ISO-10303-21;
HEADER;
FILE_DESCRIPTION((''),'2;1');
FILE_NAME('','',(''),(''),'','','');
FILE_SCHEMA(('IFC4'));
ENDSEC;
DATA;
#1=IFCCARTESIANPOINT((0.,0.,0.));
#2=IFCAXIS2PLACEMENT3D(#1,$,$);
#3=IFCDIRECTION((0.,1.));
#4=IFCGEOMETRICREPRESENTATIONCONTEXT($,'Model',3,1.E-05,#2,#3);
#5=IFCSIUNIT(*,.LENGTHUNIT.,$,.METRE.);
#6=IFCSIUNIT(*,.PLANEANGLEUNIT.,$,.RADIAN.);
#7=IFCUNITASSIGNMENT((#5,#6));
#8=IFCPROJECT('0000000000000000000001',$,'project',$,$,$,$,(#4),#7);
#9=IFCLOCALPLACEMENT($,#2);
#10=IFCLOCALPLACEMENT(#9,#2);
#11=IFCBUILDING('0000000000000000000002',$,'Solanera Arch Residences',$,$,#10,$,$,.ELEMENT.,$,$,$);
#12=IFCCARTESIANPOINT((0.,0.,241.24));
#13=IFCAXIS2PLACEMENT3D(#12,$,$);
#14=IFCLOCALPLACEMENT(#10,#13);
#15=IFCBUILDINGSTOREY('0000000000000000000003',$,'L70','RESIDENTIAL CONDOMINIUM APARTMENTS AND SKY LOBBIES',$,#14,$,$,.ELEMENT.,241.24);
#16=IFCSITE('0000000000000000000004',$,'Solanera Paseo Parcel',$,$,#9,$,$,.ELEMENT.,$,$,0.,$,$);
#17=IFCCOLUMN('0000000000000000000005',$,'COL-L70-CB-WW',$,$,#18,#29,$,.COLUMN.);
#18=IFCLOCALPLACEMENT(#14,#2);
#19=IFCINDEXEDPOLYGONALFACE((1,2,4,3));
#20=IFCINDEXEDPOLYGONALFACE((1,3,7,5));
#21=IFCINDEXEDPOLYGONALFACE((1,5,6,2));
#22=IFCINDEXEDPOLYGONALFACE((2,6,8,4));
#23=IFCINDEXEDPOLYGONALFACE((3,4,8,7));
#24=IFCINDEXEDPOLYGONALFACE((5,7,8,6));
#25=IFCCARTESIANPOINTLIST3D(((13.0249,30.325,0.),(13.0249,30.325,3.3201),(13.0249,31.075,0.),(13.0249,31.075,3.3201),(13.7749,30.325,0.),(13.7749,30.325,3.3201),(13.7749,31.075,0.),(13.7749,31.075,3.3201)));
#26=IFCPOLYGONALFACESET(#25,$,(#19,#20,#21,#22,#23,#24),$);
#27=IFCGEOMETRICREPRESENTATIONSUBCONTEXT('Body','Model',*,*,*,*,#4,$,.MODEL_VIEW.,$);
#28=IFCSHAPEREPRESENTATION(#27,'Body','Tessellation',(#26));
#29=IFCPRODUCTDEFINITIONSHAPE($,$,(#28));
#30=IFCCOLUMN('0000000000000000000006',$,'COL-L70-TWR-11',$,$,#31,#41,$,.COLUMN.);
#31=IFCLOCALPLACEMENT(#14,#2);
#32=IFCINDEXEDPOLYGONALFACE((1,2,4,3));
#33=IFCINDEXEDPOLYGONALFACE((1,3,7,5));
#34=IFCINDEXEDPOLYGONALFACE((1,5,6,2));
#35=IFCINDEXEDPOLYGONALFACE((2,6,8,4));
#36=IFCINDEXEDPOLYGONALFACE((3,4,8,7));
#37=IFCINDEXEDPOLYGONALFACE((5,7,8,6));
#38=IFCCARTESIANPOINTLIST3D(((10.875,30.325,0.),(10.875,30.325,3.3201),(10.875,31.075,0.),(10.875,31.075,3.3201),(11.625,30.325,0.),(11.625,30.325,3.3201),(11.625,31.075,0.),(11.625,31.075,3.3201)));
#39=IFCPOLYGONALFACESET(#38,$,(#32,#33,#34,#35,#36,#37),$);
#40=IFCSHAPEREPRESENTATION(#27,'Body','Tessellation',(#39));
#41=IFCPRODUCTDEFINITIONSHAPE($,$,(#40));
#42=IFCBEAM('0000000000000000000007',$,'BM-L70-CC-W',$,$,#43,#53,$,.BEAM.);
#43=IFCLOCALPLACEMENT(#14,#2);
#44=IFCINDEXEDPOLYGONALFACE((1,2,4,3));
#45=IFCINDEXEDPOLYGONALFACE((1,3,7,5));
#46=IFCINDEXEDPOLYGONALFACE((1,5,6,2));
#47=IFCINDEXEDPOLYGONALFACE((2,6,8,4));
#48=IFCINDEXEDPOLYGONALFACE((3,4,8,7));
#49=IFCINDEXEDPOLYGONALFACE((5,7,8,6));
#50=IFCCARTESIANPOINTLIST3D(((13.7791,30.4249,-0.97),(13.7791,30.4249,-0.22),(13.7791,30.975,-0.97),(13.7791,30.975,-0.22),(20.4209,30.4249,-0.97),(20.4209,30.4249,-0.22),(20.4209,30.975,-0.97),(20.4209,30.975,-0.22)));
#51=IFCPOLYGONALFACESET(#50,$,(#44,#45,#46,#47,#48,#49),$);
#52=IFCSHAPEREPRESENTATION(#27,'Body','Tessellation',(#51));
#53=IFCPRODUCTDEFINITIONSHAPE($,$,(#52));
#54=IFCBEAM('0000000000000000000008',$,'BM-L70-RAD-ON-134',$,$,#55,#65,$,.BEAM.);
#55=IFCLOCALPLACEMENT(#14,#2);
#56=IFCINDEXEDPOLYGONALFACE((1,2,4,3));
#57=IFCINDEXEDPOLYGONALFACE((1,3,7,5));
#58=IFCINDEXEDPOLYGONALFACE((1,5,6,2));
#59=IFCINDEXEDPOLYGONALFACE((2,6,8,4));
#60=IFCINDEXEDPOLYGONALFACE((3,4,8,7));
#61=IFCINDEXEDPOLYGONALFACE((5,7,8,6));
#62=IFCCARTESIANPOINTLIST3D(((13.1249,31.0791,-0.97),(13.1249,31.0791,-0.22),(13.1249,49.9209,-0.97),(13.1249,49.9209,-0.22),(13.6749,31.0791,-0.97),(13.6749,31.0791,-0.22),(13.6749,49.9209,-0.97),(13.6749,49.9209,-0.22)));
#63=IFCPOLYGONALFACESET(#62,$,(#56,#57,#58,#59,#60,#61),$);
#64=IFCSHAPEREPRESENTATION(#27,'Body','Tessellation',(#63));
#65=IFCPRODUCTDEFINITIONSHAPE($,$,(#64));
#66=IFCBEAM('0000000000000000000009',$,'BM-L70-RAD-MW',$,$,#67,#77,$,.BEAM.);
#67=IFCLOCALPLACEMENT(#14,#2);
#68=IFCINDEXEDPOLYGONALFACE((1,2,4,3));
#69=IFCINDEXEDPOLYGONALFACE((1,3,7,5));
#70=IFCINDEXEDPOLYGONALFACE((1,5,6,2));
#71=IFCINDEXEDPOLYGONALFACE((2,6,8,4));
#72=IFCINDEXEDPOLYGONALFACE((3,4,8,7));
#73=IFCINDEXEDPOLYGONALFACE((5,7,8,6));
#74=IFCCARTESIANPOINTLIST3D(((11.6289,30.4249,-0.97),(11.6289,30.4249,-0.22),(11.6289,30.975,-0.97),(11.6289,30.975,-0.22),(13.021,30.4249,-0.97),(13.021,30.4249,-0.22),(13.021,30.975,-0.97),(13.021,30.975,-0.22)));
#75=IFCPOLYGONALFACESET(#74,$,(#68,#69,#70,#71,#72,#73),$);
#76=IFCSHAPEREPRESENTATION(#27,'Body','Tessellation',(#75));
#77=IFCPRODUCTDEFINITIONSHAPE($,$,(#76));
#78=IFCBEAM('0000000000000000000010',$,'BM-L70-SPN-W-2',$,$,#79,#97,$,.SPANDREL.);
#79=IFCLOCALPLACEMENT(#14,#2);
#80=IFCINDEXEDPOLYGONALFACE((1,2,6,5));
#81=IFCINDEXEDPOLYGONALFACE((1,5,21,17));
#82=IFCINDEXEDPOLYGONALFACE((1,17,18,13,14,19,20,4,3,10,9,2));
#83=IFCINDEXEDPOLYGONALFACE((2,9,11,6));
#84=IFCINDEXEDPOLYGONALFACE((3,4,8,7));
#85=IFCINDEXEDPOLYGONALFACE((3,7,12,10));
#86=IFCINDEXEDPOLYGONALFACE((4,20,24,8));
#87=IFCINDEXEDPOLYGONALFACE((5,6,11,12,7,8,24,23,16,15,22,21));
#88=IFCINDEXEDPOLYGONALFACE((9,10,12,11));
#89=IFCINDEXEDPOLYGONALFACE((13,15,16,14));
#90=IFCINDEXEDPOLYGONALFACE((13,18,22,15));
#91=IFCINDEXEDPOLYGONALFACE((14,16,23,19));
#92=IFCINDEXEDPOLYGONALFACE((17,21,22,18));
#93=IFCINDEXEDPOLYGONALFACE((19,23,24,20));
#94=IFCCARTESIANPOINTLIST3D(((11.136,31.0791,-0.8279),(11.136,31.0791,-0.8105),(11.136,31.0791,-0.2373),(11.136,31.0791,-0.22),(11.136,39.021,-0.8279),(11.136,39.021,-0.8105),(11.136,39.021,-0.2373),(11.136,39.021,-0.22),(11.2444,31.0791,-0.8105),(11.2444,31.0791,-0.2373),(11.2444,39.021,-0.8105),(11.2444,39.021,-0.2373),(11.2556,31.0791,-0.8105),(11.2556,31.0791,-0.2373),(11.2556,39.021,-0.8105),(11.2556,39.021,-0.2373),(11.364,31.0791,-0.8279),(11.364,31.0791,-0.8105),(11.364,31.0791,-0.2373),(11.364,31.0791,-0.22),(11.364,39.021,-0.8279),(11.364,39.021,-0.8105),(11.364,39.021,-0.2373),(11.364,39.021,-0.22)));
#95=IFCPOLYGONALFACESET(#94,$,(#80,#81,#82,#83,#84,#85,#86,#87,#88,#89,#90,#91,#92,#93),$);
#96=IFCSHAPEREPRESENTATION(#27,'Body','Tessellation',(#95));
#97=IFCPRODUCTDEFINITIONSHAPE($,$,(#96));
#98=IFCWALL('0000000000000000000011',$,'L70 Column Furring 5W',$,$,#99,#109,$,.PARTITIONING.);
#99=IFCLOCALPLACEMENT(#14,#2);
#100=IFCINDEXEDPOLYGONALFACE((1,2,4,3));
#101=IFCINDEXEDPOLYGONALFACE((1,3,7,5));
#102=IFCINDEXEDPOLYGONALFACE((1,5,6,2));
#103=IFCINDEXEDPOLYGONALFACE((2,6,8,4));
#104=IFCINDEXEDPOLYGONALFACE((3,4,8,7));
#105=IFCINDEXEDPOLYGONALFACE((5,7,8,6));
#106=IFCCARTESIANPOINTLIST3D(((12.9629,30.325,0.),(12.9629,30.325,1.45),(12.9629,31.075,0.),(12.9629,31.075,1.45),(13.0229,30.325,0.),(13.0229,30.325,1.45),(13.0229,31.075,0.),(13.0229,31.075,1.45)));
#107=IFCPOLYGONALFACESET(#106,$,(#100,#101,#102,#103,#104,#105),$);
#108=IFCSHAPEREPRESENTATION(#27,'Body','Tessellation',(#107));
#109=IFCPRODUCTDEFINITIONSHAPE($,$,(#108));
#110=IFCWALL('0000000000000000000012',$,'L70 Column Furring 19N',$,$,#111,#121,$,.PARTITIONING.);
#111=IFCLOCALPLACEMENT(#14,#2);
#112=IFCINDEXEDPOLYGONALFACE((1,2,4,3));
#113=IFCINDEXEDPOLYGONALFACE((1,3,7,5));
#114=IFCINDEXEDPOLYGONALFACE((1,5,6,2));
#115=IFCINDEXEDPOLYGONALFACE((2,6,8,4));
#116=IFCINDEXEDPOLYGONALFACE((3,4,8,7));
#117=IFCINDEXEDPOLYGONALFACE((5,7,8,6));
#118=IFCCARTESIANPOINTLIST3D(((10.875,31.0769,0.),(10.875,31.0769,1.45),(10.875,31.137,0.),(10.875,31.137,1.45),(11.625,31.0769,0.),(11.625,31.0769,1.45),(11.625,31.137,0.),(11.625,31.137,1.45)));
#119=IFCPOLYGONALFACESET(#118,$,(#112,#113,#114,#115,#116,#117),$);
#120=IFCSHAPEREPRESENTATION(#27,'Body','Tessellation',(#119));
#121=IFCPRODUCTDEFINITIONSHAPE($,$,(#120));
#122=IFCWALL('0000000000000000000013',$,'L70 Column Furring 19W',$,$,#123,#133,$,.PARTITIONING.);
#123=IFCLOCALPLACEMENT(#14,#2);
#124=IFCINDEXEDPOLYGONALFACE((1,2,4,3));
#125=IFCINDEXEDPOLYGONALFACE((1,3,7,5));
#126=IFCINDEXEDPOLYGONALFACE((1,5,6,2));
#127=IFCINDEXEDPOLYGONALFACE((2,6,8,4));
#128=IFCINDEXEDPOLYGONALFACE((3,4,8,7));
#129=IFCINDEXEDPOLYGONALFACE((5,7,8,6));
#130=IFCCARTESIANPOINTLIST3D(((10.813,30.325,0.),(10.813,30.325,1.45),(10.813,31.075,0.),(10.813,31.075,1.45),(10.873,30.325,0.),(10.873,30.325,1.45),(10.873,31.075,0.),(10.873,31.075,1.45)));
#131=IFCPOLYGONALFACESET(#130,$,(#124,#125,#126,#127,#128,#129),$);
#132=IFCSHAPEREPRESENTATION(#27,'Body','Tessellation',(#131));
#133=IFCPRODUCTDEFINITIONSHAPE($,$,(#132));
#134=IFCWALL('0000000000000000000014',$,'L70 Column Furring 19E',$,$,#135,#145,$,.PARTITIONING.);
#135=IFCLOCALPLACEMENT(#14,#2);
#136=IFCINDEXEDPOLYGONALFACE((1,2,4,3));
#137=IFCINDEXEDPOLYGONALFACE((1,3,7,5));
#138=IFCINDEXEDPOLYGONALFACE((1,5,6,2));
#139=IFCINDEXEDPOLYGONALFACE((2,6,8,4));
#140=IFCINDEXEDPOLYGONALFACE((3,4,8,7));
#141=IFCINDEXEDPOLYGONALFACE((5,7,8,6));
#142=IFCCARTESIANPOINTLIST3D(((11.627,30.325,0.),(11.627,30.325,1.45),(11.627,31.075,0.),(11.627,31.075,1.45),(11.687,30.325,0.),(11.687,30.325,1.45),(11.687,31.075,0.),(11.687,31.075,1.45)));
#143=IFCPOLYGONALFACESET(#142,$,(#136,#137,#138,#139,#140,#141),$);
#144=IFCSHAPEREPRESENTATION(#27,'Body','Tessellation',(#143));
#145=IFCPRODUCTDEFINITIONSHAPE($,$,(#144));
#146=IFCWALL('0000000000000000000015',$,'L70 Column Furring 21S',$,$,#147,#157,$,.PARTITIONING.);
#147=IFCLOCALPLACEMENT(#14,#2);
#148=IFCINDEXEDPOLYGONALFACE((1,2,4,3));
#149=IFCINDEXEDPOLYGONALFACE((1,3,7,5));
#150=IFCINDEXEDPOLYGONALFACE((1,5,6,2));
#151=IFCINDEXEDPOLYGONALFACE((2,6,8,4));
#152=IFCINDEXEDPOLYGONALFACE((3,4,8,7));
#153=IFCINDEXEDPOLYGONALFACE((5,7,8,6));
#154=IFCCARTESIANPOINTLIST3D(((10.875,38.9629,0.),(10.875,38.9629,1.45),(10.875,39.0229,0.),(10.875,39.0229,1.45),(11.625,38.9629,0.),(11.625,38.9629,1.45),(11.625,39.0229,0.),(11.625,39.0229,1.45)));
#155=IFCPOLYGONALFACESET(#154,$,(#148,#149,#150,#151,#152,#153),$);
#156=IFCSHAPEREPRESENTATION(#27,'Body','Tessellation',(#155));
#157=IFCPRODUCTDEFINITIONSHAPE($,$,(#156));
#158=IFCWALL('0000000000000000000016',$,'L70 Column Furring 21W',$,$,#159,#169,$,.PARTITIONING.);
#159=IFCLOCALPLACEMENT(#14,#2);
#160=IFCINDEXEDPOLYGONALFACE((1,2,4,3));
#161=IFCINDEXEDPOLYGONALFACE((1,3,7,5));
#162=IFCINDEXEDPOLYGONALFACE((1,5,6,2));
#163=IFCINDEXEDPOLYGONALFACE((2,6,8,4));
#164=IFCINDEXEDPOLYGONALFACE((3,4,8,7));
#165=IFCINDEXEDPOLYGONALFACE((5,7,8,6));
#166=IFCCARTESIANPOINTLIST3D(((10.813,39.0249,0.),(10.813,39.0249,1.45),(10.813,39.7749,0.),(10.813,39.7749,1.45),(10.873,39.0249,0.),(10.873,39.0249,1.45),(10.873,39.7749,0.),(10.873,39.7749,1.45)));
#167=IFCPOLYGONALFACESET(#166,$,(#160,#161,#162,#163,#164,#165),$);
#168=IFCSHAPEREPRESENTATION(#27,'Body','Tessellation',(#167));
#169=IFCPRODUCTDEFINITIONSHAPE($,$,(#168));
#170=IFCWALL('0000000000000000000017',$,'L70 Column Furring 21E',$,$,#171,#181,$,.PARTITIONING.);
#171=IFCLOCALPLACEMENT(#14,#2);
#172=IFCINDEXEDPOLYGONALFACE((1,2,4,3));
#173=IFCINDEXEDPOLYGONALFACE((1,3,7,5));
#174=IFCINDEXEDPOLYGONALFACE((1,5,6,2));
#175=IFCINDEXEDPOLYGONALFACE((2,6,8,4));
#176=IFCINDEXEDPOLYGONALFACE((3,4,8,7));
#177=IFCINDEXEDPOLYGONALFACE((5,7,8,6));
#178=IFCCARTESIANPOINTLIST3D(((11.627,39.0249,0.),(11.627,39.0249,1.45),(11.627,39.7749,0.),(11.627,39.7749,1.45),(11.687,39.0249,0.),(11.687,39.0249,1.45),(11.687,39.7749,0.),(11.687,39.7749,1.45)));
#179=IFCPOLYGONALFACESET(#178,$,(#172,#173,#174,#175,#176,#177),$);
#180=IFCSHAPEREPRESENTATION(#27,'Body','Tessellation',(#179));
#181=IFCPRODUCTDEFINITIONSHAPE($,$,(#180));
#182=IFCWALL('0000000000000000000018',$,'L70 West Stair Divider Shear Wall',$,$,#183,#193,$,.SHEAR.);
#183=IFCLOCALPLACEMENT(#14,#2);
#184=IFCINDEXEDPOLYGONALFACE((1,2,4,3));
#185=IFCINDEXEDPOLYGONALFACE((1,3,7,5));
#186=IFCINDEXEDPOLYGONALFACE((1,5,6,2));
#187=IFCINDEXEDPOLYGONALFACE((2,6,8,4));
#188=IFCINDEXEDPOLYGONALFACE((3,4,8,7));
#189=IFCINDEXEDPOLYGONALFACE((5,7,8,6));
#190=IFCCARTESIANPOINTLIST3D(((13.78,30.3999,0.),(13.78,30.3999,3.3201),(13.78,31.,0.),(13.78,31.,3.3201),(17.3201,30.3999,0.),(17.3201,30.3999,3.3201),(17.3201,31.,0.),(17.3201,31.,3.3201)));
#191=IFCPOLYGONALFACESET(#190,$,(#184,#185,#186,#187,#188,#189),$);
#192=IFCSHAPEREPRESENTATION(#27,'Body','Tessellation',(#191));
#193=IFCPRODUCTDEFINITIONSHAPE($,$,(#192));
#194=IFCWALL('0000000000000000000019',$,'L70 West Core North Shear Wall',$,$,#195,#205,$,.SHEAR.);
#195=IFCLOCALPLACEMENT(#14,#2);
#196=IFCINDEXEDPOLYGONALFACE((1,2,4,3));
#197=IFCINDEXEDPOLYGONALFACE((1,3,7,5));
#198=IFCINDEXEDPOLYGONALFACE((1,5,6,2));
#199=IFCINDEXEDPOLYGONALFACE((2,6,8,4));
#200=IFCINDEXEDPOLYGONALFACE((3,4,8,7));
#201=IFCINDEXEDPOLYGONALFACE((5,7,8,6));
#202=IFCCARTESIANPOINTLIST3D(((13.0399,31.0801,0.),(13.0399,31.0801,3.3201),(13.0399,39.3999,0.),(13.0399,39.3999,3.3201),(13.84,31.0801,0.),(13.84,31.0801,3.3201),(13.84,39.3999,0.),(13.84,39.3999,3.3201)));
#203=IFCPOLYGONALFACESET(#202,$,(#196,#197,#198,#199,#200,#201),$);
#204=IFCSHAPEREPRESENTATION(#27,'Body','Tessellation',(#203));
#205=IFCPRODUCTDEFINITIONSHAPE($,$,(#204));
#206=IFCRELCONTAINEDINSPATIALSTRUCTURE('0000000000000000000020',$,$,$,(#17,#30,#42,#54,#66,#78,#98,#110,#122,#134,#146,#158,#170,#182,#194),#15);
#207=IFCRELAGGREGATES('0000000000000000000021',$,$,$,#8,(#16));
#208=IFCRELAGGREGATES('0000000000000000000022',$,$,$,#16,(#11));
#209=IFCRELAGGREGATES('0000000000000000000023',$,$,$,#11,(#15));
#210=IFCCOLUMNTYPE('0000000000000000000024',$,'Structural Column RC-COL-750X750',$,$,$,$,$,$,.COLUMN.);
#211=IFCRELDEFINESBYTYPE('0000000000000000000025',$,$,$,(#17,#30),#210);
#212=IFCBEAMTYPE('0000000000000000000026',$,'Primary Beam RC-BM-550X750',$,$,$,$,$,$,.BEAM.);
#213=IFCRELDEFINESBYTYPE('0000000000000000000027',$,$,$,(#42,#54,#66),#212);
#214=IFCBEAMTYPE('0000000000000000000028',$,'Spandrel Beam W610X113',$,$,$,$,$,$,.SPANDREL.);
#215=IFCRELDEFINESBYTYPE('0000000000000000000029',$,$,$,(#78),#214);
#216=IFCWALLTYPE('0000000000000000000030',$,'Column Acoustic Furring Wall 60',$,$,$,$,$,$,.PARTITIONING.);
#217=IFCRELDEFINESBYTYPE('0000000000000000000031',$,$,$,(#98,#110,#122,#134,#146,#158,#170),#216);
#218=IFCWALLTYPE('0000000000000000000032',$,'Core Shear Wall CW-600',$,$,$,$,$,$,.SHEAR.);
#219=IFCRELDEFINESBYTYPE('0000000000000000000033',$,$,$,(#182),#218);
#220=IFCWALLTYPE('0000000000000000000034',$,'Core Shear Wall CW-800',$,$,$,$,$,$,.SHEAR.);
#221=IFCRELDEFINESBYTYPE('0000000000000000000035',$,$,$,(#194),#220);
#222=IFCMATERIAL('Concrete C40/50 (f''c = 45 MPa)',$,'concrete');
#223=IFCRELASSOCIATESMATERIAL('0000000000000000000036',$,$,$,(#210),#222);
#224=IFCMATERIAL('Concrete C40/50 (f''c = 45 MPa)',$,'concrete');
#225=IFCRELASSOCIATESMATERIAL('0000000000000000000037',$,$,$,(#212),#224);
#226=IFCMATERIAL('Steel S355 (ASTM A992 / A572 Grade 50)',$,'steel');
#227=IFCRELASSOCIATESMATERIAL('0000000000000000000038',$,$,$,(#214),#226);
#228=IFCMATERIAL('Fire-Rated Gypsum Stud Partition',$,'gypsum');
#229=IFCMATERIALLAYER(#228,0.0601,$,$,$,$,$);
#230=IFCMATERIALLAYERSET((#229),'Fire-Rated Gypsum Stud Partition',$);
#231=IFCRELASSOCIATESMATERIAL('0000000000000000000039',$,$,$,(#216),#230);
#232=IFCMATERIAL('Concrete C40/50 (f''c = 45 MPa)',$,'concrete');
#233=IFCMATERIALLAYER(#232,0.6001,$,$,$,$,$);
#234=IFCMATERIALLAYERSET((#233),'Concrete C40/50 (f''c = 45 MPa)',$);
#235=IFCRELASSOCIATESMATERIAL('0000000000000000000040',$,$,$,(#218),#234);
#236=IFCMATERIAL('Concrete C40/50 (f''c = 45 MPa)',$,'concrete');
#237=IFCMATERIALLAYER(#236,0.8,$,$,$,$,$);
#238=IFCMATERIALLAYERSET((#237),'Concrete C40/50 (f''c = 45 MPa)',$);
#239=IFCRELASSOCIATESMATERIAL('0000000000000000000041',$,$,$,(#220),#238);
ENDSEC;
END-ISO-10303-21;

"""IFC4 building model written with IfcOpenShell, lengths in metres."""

from ifc_helpers import new_model, si_unit, direction, frame, frame_2d, origin, origin_2d, place, context, subcontext, project, spatial, rectangle, i_section, extrude, material, layer, layer_set, material_profile, profile_set, type_object, element, save


model = new_model("IFC4")

# Units and contexts
model_context = context("Model", 3, precision=1e-05, world=origin(), true_north=direction((0.0, 1.0)))
body_context = subcontext(model_context, "Body", "Model", "MODEL_VIEW")
ifc_project = project(units=[si_unit("LENGTHUNIT", "METRE"), si_unit("PLANEANGLEUNIT", "RADIAN")], contexts=[model_context])

# Site, building, storey
site_placement = place(None, origin())
site = spatial("IfcSite", under=ifc_project, at=site_placement, Name="Solanera Paseo Parcel", CompositionType="ELEMENT", RefElevation=0.0)
building_placement = place(site_placement, origin())
building = spatial("IfcBuilding", under=site, at=building_placement, Name="Solanera Arch Residences", CompositionType="ELEMENT")
storey_placement = place(building_placement, frame((0.0, 0.0, 241.24)))
storey = spatial("IfcBuildingStorey", under=building, at=storey_placement, Name="L70", Description="RESIDENTIAL CONDOMINIUM APARTMENTS AND SKY LOBBIES", CompositionType="ELEMENT", Elevation=241.24)

# Columns
ifc_material_1 = material(Name="Concrete C40/50 (f'c = 45 MPa)", Category="concrete")
ifc_material_profile_1 = material_profile(ifc_material_1, rectangle(XDim=0.75, YDim=0.75, at=origin_2d()))
ifc_profile_set_1 = profile_set([ifc_material_profile_1], Name="Concrete C40/50 (f'c = 45 MPa)")
column_type = type_object("IfcColumnType", Name="Structural Column RC-COL-750X750", PredefinedType="COLUMN", material=ifc_profile_set_1)
for number, where, z_axis, x_axis, name in (
    (1, (13.3999, 30.7, 0.0), (0.0, 0.0, 1.0), (1.0, 0.0, 0.0), "COL-L70-CB-WW"),
    (2, (11.25, 30.7, 0.0), (0.0, 0.0, 1.0), (1.0, 0.0, 0.0), "COL-L70-TWR-11"),
):
    element("IfcColumn", number, at=place(storey_placement, frame(where, z_axis=z_axis, x_axis=x_axis)), inside=storey, type_object=column_type, Name=name, PredefinedType="COLUMN", context=body_context, shape_type="SweptSolid", body=[
        extrude(rectangle(XDim=0.75, YDim=0.75, at=origin_2d()), origin(), (0.0, 0.0, 1.0), 3.3201),
    ])

# Beams
ifc_material_2 = material(Name="Concrete C40/50 (f'c = 45 MPa)", Category="concrete")
ifc_material_profile_2 = material_profile(ifc_material_2, rectangle(XDim=0.55, YDim=0.75, at=origin_2d()))
ifc_profile_set_2 = profile_set([ifc_material_profile_2], Name="Concrete C40/50 (f'c = 45 MPa)")
beam_type_1 = type_object("IfcBeamType", Name="Primary Beam RC-BM-550X750", PredefinedType="BEAM", material=ifc_profile_set_2)
beam_1_placement = place(storey_placement, frame((13.7791, 30.7, -0.595), z_axis=(1.0, 0.0, 0.0), x_axis=(0.0, 1.0, 0.0)))
element("IfcBeam", 3, at=beam_1_placement, inside=storey, type_object=beam_type_1, Name="BM-L70-CC-W", PredefinedType="BEAM", context=body_context, shape_type="SweptSolid", body=[
    extrude(rectangle(XDim=0.55, YDim=0.75, at=origin_2d()), origin(), (0.0, 0.0, 1.0), 6.6418),
])
beam_2_placement = place(storey_placement, frame((13.3999, 31.0791, -0.595), z_axis=(0.0, 1.0, 0.0), x_axis=(-1.0, 0.0, 0.0)))
element("IfcBeam", 4, at=beam_2_placement, inside=storey, type_object=beam_type_1, Name="BM-L70-RAD-ON-134", PredefinedType="BEAM", context=body_context, shape_type="SweptSolid", body=[
    extrude(rectangle(XDim=0.55, YDim=0.75, at=origin_2d()), origin(), (0.0, 0.0, 1.0), 18.8418),
])
beam_3_placement = place(storey_placement, frame((11.6289, 30.7, -0.595), z_axis=(1.0, 0.0, 0.0), x_axis=(0.0, 1.0, 0.0)))
element("IfcBeam", 5, at=beam_3_placement, inside=storey, type_object=beam_type_1, Name="BM-L70-RAD-MW", PredefinedType="BEAM", context=body_context, shape_type="SweptSolid", body=[
    extrude(rectangle(XDim=0.55, YDim=0.75, at=origin_2d()), origin(), (0.0, 0.0, 1.0), 1.3921),
])
ifc_material_3 = material(Name="Steel S355 (ASTM A992 / A572 Grade 50)", Category="steel")
ifc_material_profile_3 = material_profile(ifc_material_3, i_section(OverallWidth=0.228, OverallDepth=0.6079, WebThickness=0.0112, FlangeThickness=0.0173, at=origin_2d()))
ifc_profile_set_3 = profile_set([ifc_material_profile_3], Name="Steel S355 (ASTM A992 / A572 Grade 50)")
beam_type_2 = type_object("IfcBeamType", Name="Spandrel Beam W610X113", PredefinedType="SPANDREL", material=ifc_profile_set_3)
beam_4_placement = place(storey_placement, frame((11.25, 31.0791, -0.5239), z_axis=(0.0, 1.0, 0.0), x_axis=(-1.0, 0.0, 0.0)))
element("IfcBeam", 6, at=beam_4_placement, inside=storey, type_object=beam_type_2, Name="BM-L70-SPN-W-2", PredefinedType="SPANDREL", context=body_context, shape_type="SweptSolid", body=[
    extrude(i_section(OverallWidth=0.228, OverallDepth=0.6079, WebThickness=0.0112, FlangeThickness=0.0173, at=origin_2d()), origin(), (0.0, 0.0, 1.0), 7.9419),
])

# Walls
ifc_material_4 = material(Name="Fire-Rated Gypsum Stud Partition", Category="gypsum")
ifc_layer_1 = layer(ifc_material_4, 0.0601)
ifc_layer_set_1 = layer_set([ifc_layer_1], Name="Fire-Rated Gypsum Stud Partition")
wall_type_1 = type_object("IfcWallType", Name="Column Acoustic Furring Wall 60", PredefinedType="PARTITIONING", material=ifc_layer_set_1)
for number, where, z_axis, x_axis, name in (
    (7, (12.9929, 30.325, 0.0), (0.0, 0.0, 1.0), (0.0, 1.0, 0.0), "L70 Column Furring 5W"),
    (8, (10.875, 31.1069, 0.0), (0.0, 0.0, 1.0), (1.0, 0.0, 0.0), "L70 Column Furring 19N"),
    (9, (10.843, 30.325, 0.0), (0.0, 0.0, 1.0), (0.0, 1.0, 0.0), "L70 Column Furring 19W"),
    (10, (11.657, 30.325, 0.0), (0.0, 0.0, 1.0), (0.0, 1.0, 0.0), "L70 Column Furring 19E"),
    (11, (10.875, 38.9929, 0.0), (0.0, 0.0, 1.0), (1.0, 0.0, 0.0), "L70 Column Furring 21S"),
    (12, (10.843, 39.0249, 0.0), (0.0, 0.0, 1.0), (0.0, 1.0, 0.0), "L70 Column Furring 21W"),
    (13, (11.657, 39.0249, 0.0), (0.0, 0.0, 1.0), (0.0, 1.0, 0.0), "L70 Column Furring 21E"),
):
    element("IfcWall", number, at=place(storey_placement, frame(where, z_axis=z_axis, x_axis=x_axis)), inside=storey, type_object=wall_type_1, Name=name, PredefinedType="PARTITIONING", context=body_context, shape_type="SweptSolid", body=[
        extrude(rectangle(XDim=0.75, YDim=0.0601, at=frame_2d((0.375, 0.0))), origin(), (0.0, 0.0, 1.0), 1.45),
    ])
ifc_material_5 = material(Name="Concrete C40/50 (f'c = 45 MPa)", Category="concrete")
ifc_layer_2 = layer(ifc_material_5, 0.6001)
ifc_layer_set_2 = layer_set([ifc_layer_2], Name="Concrete C40/50 (f'c = 45 MPa)")
wall_type_2 = type_object("IfcWallType", Name="Core Shear Wall CW-600", PredefinedType="SHEAR", material=ifc_layer_set_2)
wall_1_placement = place(storey_placement, frame((13.78, 30.7, 0.0), z_axis=(0.0, 0.0, 1.0), x_axis=(1.0, 0.0, 0.0)))
element("IfcWall", 14, at=wall_1_placement, inside=storey, type_object=wall_type_2, Name="L70 West Stair Divider Shear Wall", PredefinedType="SHEAR", context=body_context, shape_type="SweptSolid", body=[
    extrude(rectangle(XDim=3.54, YDim=0.6001, at=frame_2d((1.77, 0.0))), origin(), (0.0, 0.0, 1.0), 3.3201),
])
ifc_material_6 = material(Name="Concrete C40/50 (f'c = 45 MPa)", Category="concrete")
ifc_layer_3 = layer(ifc_material_6, 0.8)
ifc_layer_set_3 = layer_set([ifc_layer_3], Name="Concrete C40/50 (f'c = 45 MPa)")
wall_type_3 = type_object("IfcWallType", Name="Core Shear Wall CW-800", PredefinedType="SHEAR", material=ifc_layer_set_3)
wall_2_placement = place(storey_placement, frame((13.4399, 31.0801, 0.0), z_axis=(0.0, 0.0, 1.0), x_axis=(0.0, 1.0, 0.0)))
element("IfcWall", 15, at=wall_2_placement, inside=storey, type_object=wall_type_3, Name="L70 West Core North Shear Wall", PredefinedType="SHEAR", context=body_context, shape_type="SweptSolid", body=[
    extrude(rectangle(XDim=8.3198, YDim=0.8, at=frame_2d((4.1599, 0.0))), origin(), (0.0, 0.0, 1.0), 3.3201),
])

save(model, "model.ifc")
